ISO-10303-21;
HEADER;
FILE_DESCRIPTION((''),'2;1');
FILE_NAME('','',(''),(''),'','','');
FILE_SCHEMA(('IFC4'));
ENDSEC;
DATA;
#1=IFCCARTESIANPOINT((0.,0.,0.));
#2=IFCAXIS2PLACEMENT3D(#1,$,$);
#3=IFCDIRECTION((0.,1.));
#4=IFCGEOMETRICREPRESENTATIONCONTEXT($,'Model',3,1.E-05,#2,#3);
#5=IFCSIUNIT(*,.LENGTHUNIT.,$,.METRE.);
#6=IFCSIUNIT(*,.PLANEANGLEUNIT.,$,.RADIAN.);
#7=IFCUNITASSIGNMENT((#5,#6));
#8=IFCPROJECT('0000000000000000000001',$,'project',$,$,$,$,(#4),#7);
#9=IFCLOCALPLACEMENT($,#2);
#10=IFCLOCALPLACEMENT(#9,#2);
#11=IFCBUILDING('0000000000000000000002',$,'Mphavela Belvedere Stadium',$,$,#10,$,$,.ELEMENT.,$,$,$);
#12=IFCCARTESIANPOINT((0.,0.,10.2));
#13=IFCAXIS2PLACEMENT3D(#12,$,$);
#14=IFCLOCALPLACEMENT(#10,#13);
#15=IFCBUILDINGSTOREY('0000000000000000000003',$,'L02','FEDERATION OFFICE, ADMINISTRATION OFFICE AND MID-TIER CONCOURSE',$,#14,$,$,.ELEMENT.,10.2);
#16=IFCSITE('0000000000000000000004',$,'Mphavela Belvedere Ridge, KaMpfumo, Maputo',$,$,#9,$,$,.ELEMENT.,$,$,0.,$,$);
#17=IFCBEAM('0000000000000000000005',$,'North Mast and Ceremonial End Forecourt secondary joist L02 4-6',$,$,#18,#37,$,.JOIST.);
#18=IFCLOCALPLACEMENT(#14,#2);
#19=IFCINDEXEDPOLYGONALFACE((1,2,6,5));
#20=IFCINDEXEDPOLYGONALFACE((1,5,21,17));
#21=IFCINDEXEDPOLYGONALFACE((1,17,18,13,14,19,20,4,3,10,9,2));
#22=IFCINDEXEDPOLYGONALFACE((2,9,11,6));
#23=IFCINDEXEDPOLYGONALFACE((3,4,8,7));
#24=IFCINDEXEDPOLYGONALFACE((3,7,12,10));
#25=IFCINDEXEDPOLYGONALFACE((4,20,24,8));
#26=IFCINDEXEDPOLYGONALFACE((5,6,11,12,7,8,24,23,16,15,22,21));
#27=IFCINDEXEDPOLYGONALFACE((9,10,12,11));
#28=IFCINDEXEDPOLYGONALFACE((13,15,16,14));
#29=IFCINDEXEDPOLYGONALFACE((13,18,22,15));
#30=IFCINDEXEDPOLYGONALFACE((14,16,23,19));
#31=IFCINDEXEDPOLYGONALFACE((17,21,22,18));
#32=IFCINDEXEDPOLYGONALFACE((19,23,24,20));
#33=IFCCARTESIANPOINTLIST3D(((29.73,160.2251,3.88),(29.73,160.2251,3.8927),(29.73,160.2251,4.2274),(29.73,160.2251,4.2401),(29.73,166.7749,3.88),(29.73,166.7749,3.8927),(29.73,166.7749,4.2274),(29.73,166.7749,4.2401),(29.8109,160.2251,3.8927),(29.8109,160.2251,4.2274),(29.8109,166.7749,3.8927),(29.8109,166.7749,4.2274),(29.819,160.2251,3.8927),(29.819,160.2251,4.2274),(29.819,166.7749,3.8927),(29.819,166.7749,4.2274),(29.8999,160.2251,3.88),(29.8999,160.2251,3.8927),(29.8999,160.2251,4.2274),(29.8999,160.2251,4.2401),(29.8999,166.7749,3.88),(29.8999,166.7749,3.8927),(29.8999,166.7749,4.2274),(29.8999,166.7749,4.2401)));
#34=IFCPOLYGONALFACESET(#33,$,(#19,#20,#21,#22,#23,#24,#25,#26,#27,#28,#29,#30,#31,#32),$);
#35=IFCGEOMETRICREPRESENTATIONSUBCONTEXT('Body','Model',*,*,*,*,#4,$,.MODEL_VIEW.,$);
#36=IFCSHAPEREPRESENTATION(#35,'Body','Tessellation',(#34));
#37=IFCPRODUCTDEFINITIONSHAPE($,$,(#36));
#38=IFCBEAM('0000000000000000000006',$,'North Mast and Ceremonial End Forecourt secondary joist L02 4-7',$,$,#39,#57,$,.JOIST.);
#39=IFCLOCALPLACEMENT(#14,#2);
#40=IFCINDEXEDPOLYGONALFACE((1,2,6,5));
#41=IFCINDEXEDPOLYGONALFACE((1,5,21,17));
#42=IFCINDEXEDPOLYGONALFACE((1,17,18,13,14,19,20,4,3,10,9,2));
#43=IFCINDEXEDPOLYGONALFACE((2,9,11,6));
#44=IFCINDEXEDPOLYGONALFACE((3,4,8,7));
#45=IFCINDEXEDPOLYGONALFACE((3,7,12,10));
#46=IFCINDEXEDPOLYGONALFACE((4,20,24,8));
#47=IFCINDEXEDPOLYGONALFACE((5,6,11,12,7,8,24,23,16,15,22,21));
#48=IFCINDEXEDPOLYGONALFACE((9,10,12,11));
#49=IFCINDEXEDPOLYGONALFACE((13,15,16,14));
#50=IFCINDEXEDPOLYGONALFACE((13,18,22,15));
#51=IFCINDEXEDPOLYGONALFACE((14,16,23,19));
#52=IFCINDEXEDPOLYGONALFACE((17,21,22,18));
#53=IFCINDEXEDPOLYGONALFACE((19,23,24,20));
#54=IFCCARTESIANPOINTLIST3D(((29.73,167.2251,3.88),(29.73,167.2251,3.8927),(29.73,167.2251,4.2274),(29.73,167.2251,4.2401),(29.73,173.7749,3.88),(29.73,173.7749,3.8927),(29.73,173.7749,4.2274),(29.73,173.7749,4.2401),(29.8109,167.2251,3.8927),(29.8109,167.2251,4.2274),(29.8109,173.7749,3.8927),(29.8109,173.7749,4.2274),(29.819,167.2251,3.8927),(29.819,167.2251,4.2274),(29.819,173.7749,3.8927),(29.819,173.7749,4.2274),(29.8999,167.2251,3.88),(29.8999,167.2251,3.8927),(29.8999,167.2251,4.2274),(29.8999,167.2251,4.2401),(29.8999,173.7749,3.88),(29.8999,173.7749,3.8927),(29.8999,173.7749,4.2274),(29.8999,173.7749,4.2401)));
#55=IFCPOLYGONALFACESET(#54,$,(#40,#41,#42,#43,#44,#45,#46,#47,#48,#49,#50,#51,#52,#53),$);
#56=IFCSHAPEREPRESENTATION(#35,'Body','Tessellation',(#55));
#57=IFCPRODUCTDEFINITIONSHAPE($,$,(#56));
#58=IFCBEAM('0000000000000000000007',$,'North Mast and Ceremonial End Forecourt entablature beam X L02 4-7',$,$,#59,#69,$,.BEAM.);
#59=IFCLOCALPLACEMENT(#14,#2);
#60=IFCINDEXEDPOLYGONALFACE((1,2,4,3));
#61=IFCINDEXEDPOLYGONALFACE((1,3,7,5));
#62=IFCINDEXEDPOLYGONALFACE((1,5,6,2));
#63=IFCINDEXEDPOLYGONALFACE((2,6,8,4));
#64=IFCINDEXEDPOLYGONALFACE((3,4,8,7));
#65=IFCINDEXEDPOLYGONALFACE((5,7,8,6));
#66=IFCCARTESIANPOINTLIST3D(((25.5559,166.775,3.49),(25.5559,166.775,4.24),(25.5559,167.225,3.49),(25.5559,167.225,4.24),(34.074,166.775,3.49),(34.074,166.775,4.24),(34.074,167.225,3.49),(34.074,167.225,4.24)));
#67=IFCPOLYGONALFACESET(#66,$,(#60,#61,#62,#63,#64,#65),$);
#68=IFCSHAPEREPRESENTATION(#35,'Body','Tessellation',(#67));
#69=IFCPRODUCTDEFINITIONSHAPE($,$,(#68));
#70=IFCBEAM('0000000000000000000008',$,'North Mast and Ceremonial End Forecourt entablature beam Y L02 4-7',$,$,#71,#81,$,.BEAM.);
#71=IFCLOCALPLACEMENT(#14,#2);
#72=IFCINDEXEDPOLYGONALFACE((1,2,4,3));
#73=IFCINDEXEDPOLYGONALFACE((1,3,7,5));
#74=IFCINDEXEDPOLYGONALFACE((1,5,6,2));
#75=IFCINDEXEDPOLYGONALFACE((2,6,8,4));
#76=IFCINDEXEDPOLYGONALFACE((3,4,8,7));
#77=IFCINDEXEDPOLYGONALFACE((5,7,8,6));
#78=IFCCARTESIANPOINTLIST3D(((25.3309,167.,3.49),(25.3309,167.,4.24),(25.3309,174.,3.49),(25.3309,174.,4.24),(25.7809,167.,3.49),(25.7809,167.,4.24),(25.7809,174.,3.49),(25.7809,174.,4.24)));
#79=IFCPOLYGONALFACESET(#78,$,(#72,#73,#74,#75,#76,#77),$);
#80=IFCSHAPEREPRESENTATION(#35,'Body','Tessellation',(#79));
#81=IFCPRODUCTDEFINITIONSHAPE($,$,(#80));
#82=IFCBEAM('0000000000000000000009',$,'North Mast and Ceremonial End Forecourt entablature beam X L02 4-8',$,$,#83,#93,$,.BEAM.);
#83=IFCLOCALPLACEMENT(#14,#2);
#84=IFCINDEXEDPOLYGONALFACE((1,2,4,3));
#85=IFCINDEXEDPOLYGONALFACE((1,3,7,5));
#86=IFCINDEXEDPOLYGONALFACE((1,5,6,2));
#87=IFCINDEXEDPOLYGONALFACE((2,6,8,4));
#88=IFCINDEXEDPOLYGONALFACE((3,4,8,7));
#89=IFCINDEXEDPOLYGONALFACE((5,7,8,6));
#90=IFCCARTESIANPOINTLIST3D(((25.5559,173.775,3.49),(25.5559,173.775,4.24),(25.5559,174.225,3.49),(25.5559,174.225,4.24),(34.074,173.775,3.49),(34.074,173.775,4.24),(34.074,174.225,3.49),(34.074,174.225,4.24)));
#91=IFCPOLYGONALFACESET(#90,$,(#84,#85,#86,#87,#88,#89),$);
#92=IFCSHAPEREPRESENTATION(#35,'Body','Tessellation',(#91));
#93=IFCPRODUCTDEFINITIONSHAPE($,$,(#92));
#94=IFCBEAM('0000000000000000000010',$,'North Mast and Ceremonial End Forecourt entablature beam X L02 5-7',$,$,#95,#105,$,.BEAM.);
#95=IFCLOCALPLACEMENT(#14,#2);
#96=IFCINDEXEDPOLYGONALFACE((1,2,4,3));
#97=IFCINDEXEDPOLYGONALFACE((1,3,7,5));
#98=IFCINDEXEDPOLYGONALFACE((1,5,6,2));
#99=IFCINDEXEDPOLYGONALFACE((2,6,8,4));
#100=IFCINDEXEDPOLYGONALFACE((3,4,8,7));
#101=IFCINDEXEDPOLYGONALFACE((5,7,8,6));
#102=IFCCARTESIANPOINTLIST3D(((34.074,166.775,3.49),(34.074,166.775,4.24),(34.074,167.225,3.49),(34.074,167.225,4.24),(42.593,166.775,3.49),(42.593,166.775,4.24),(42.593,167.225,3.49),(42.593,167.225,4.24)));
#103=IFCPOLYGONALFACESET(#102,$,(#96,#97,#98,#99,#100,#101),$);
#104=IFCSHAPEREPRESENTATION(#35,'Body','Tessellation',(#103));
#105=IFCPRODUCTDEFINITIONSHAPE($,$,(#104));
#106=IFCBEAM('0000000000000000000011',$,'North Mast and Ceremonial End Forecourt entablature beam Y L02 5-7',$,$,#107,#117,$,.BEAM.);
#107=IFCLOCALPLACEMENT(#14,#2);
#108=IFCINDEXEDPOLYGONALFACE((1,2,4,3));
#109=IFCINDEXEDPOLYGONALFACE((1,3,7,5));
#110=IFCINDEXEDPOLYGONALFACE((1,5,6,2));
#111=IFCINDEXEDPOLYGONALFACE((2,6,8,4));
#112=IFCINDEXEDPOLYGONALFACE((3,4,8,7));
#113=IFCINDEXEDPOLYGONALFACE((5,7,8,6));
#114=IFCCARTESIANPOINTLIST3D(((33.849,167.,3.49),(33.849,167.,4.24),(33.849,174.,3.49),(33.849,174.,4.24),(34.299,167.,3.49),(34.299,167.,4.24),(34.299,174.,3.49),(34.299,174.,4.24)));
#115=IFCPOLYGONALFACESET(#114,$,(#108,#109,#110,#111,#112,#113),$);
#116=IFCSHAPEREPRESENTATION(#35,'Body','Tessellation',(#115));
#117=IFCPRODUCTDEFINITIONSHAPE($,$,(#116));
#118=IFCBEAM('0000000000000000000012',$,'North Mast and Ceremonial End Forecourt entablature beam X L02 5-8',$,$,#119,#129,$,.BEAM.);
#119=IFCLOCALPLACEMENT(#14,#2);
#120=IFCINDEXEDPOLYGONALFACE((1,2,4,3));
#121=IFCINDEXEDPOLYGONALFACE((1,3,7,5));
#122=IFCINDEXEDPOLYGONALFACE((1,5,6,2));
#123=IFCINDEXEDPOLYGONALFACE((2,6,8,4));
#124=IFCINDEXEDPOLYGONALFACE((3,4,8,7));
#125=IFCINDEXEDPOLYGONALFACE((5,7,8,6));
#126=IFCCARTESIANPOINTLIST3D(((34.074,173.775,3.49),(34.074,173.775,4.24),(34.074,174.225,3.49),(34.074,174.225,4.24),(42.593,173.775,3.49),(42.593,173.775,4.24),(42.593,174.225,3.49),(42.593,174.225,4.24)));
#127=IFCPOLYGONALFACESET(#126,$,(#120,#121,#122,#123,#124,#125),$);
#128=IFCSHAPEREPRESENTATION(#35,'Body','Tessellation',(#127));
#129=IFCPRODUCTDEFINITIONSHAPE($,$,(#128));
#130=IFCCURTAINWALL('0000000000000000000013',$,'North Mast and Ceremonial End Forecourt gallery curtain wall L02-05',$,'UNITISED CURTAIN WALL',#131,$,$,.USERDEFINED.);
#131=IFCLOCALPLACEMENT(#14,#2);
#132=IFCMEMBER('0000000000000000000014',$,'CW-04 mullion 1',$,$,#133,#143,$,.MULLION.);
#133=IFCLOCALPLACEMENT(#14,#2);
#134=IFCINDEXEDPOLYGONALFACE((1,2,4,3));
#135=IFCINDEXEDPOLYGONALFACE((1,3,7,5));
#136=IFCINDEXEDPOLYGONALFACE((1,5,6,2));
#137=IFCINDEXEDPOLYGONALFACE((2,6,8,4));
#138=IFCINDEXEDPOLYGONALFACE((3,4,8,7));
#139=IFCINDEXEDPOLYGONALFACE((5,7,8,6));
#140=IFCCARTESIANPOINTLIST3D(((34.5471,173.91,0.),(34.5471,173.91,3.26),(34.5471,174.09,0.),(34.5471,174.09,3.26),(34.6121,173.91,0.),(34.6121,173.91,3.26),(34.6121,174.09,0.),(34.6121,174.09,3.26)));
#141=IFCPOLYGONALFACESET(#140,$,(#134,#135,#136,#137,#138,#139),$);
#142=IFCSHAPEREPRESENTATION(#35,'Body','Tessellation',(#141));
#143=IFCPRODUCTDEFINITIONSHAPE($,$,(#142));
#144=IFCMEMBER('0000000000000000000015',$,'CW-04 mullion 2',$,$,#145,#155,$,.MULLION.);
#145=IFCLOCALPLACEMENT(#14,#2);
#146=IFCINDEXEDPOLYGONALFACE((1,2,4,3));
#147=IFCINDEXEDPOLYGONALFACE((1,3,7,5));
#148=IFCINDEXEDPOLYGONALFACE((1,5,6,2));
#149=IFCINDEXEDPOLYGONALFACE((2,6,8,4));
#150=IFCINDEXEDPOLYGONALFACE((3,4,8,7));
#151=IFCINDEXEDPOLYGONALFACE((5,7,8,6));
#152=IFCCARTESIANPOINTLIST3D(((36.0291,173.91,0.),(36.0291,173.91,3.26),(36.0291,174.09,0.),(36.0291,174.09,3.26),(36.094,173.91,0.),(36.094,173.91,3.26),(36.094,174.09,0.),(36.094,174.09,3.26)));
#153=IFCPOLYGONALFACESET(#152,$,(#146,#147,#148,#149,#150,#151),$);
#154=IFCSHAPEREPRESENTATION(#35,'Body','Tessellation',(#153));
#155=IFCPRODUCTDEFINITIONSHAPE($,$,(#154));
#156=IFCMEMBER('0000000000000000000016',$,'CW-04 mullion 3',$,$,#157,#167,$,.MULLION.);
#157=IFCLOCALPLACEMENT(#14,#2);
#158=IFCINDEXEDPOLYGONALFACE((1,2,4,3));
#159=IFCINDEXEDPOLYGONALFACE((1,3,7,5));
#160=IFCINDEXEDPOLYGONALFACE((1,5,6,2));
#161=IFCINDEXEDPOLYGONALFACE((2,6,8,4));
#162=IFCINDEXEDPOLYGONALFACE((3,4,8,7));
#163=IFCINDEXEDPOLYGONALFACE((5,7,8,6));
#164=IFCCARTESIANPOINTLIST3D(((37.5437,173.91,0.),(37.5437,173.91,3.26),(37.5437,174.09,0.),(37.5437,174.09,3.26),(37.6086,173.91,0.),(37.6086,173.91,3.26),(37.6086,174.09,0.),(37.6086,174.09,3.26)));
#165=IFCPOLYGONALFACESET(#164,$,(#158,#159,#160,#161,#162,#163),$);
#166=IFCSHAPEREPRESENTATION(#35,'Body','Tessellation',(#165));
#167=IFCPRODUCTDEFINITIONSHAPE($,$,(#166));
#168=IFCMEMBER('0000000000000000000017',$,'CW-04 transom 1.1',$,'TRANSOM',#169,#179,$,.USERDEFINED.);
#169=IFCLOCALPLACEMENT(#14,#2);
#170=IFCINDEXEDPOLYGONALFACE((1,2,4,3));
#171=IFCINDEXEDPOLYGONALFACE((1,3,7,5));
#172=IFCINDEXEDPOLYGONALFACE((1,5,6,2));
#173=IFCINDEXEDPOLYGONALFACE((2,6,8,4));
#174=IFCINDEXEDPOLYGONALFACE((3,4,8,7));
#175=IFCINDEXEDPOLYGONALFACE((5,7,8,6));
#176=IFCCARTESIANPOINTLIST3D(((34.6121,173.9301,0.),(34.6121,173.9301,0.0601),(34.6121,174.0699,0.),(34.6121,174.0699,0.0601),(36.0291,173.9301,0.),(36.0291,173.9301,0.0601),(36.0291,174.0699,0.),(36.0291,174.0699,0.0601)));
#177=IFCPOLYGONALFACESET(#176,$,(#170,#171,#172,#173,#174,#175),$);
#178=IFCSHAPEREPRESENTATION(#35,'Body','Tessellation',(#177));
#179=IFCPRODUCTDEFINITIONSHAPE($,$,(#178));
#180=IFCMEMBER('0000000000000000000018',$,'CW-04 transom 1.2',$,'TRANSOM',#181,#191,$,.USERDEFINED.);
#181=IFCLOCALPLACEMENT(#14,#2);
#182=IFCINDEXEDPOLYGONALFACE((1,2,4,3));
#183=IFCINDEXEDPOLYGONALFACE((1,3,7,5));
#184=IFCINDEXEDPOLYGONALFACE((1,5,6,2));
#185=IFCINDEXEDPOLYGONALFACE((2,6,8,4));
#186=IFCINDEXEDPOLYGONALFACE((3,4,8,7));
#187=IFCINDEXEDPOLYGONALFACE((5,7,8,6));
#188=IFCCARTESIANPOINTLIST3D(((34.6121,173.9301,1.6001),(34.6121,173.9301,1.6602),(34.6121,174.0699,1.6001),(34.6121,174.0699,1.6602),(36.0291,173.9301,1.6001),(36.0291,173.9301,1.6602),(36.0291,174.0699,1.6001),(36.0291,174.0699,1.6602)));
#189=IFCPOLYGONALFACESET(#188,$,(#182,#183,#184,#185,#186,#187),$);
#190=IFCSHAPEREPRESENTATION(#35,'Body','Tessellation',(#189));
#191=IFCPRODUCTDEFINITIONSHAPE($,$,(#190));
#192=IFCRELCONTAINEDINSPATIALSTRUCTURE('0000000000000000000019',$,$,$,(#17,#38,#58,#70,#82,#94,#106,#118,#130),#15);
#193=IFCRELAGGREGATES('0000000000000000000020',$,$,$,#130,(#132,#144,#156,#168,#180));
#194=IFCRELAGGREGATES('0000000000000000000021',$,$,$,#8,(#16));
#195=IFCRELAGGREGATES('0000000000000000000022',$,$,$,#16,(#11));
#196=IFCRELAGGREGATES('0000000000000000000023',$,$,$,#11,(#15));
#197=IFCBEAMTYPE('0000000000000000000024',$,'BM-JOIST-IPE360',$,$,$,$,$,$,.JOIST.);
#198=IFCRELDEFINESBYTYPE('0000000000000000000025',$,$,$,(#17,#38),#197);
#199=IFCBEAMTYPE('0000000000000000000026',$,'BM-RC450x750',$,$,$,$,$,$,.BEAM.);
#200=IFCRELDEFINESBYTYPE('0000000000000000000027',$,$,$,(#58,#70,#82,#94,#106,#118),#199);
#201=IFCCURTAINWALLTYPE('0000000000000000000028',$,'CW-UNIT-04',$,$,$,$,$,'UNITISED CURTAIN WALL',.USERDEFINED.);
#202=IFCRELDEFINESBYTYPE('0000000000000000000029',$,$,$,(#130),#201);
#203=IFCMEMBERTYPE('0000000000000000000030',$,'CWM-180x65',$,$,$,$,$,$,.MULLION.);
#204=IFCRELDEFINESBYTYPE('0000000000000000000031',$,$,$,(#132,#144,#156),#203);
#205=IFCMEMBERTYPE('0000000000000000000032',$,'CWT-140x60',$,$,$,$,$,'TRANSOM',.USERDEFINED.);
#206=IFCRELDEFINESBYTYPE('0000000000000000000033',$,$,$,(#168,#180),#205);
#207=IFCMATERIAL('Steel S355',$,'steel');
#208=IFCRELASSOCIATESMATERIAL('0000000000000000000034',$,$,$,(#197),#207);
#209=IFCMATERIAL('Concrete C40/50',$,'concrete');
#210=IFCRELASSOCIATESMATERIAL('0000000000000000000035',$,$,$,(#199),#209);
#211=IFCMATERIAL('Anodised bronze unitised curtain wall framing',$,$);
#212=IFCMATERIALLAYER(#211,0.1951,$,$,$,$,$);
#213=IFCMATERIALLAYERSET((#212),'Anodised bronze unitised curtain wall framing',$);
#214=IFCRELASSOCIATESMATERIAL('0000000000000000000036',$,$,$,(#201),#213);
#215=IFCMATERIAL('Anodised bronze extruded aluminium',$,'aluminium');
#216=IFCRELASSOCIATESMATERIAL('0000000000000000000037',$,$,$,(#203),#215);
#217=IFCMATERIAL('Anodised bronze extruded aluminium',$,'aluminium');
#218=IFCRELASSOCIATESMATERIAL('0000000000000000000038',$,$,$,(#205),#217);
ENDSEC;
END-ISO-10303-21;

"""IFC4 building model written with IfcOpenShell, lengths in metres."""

from ifc_helpers import new_model, si_unit, direction, frame, origin, origin_2d, place, context, subcontext, project, spatial, rectangle, i_section, extrude, material, layer, layer_set, material_profile, profile_set, type_object, element, aggregate, save


model = new_model("IFC4")

# Units and contexts
model_context = context("Model", 3, precision=1e-05, world=origin(), true_north=direction((0.0, 1.0)))
body_context = subcontext(model_context, "Body", "Model", "MODEL_VIEW")
ifc_project = project(units=[si_unit("LENGTHUNIT", "METRE"), si_unit("PLANEANGLEUNIT", "RADIAN")], contexts=[model_context])

# Site, building, storey
site_placement = place(None, origin())
site = spatial("IfcSite", under=ifc_project, at=site_placement, Name="Mphavela Belvedere Ridge, KaMpfumo, Maputo", CompositionType="ELEMENT", RefElevation=0.0)
building_placement = place(site_placement, origin())
building = spatial("IfcBuilding", under=site, at=building_placement, Name="Mphavela Belvedere Stadium", CompositionType="ELEMENT")
storey_placement = place(building_placement, frame((0.0, 0.0, 10.2)))
storey = spatial("IfcBuildingStorey", under=building, at=storey_placement, Name="L02", Description="FEDERATION OFFICE, ADMINISTRATION OFFICE AND MID-TIER CONCOURSE", CompositionType="ELEMENT", Elevation=10.2)

# Beams
ifc_material_1 = material(Name="Steel S355", Category="steel")
ifc_material_profile_1 = material_profile(ifc_material_1, i_section(OverallWidth=0.1699, OverallDepth=0.3601, WebThickness=0.0081, FlangeThickness=0.0127, at=origin_2d()), Name="IPE 360")
ifc_profile_set_1 = profile_set([ifc_material_profile_1], Name="Steel S355")
beam_type_1 = type_object("IfcBeamType", Name="BM-JOIST-IPE360", PredefinedType="JOIST", material=ifc_profile_set_1)
for number, where, z_axis, x_axis, name in (
    (1, (29.8149, 160.2251, 4.0601), (0.0, 1.0, 0.0), (-1.0, 0.0, 0.0), "North Mast and Ceremonial End Forecourt secondary joist L02 4-6"),
    (2, (29.8149, 167.2251, 4.0601), (0.0, 1.0, 0.0), (-1.0, 0.0, 0.0), "North Mast and Ceremonial End Forecourt secondary joist L02 4-7"),
):
    element("IfcBeam", number, at=place(storey_placement, frame(where, z_axis=z_axis, x_axis=x_axis)), inside=storey, type_object=beam_type_1, Name=name, PredefinedType="JOIST", context=body_context, shape_type="SweptSolid", body=[
        extrude(i_section(OverallWidth=0.1699, OverallDepth=0.3601, WebThickness=0.0081, FlangeThickness=0.0127, at=origin_2d()), origin(), (0.0, 0.0, 1.0), 6.5498),
    ])
ifc_material_2 = material(Name="Concrete C40/50", Category="concrete")
ifc_material_profile_2 = material_profile(ifc_material_2, rectangle(XDim=0.45, YDim=0.75, at=origin_2d()), Name="RC 450x750")
ifc_profile_set_2 = profile_set([ifc_material_profile_2], Name="Concrete C40/50")
beam_type_2 = type_object("IfcBeamType", Name="BM-RC450x750", PredefinedType="BEAM", material=ifc_profile_set_2)
beam_1_placement = place(storey_placement, frame((25.5559, 167.0, 3.865), z_axis=(1.0, 0.0, 0.0), x_axis=(0.0, 1.0, 0.0)))
element("IfcBeam", 3, at=beam_1_placement, inside=storey, type_object=beam_type_2, Name="North Mast and Ceremonial End Forecourt entablature beam X L02 4-7", PredefinedType="BEAM", context=body_context, shape_type="SweptSolid", body=[
    extrude(rectangle(XDim=0.45, YDim=0.75, at=origin_2d()), origin(), (0.0, 0.0, 1.0), 8.5181),
])
beam_2_placement = place(storey_placement, frame((25.5559, 167.0, 3.865), z_axis=(0.0, 1.0, 0.0), x_axis=(-1.0, 0.0, 0.0)))
element("IfcBeam", 4, at=beam_2_placement, inside=storey, type_object=beam_type_2, Name="North Mast and Ceremonial End Forecourt entablature beam Y L02 4-7", PredefinedType="BEAM", context=body_context, shape_type="SweptSolid", body=[
    extrude(rectangle(XDim=0.45, YDim=0.75, at=origin_2d()), origin(), (0.0, 0.0, 1.0), 7.0),
])
beam_3_placement = place(storey_placement, frame((25.5559, 174.0, 3.865), z_axis=(1.0, 0.0, 0.0), x_axis=(0.0, 1.0, 0.0)))
element("IfcBeam", 5, at=beam_3_placement, inside=storey, type_object=beam_type_2, Name="North Mast and Ceremonial End Forecourt entablature beam X L02 4-8", PredefinedType="BEAM", context=body_context, shape_type="SweptSolid", body=[
    extrude(rectangle(XDim=0.45, YDim=0.75, at=origin_2d()), origin(), (0.0, 0.0, 1.0), 8.5181),
])
beam_4_placement = place(storey_placement, frame((34.074, 167.0, 3.865), z_axis=(1.0, 0.0, 0.0), x_axis=(0.0, 1.0, 0.0)))
element("IfcBeam", 6, at=beam_4_placement, inside=storey, type_object=beam_type_2, Name="North Mast and Ceremonial End Forecourt entablature beam X L02 5-7", PredefinedType="BEAM", context=body_context, shape_type="SweptSolid", body=[
    extrude(rectangle(XDim=0.45, YDim=0.75, at=origin_2d()), origin(), (0.0, 0.0, 1.0), 8.519),
])
beam_5_placement = place(storey_placement, frame((34.074, 167.0, 3.865), z_axis=(0.0, 1.0, 0.0), x_axis=(-1.0, 0.0, 0.0)))
element("IfcBeam", 7, at=beam_5_placement, inside=storey, type_object=beam_type_2, Name="North Mast and Ceremonial End Forecourt entablature beam Y L02 5-7", PredefinedType="BEAM", context=body_context, shape_type="SweptSolid", body=[
    extrude(rectangle(XDim=0.45, YDim=0.75, at=origin_2d()), origin(), (0.0, 0.0, 1.0), 7.0),
])
beam_6_placement = place(storey_placement, frame((34.074, 174.0, 3.865), z_axis=(1.0, 0.0, 0.0), x_axis=(0.0, 1.0, 0.0)))
element("IfcBeam", 8, at=beam_6_placement, inside=storey, type_object=beam_type_2, Name="North Mast and Ceremonial End Forecourt entablature beam X L02 5-8", PredefinedType="BEAM", context=body_context, shape_type="SweptSolid", body=[
    extrude(rectangle(XDim=0.45, YDim=0.75, at=origin_2d()), origin(), (0.0, 0.0, 1.0), 8.519),
])

# Curtain wall, members
ifc_material_3 = material(Name="Anodised bronze unitised curtain wall framing")
ifc_layer_1 = layer(ifc_material_3, 0.1951)
ifc_layer_set_1 = layer_set([ifc_layer_1], Name="Anodised bronze unitised curtain wall framing")
curtain_wall_type = type_object("IfcCurtainWallType", Name="CW-UNIT-04", ElementType="UNITISED CURTAIN WALL", PredefinedType="USERDEFINED", material=ifc_layer_set_1)
curtain_wall_placement = place(storey_placement, origin())
curtain_wall = element("IfcCurtainWall", 9, at=curtain_wall_placement, inside=storey, type_object=curtain_wall_type, Name="North Mast and Ceremonial End Forecourt gallery curtain wall L02-05", ObjectType="UNITISED CURTAIN WALL", PredefinedType="USERDEFINED")
ifc_material_4 = material(Name="Anodised bronze extruded aluminium", Category="aluminium")
ifc_material_profile_3 = material_profile(ifc_material_4, rectangle(XDim=0.1799, YDim=0.0649, at=origin_2d()), Name="CW-MUL 180x65")
ifc_profile_set_3 = profile_set([ifc_material_profile_3], Name="Anodised bronze extruded aluminium")
member_type_1 = type_object("IfcMemberType", Name="CWM-180x65", PredefinedType="MULLION", material=ifc_profile_set_3)
member_1_placement = place(storey_placement, frame((34.5796, 174.0, 0.0), z_axis=(0.0, 0.0, 1.0), x_axis=(0.0, 1.0, 0.0)))
member_1 = element("IfcMember", 10, at=member_1_placement, type_object=member_type_1, Name="CW-04 mullion 1", PredefinedType="MULLION", context=body_context, shape_type="SweptSolid", body=[
    extrude(rectangle(XDim=0.1799, YDim=0.0649, at=origin_2d()), origin(), (0.0, 0.0, 1.0), 3.26),
])
member_2_placement = place(storey_placement, frame((36.0615, 174.0, 0.0), z_axis=(0.0, 0.0, 1.0), x_axis=(0.0, 1.0, 0.0)))
member_2 = element("IfcMember", 11, at=member_2_placement, type_object=member_type_1, Name="CW-04 mullion 2", PredefinedType="MULLION", context=body_context, shape_type="SweptSolid", body=[
    extrude(rectangle(XDim=0.1799, YDim=0.0649, at=origin_2d()), origin(), (0.0, 0.0, 1.0), 3.26),
])
member_3_placement = place(storey_placement, frame((37.5762, 174.0, 0.0), z_axis=(0.0, 0.0, 1.0), x_axis=(0.0, 1.0, 0.0)))
member_3 = element("IfcMember", 12, at=member_3_placement, type_object=member_type_1, Name="CW-04 mullion 3", PredefinedType="MULLION", context=body_context, shape_type="SweptSolid", body=[
    extrude(rectangle(XDim=0.1799, YDim=0.0649, at=origin_2d()), origin(), (0.0, 0.0, 1.0), 3.26),
])
ifc_material_5 = material(Name="Anodised bronze extruded aluminium", Category="aluminium")
ifc_material_profile_4 = material_profile(ifc_material_5, rectangle(XDim=0.1399, YDim=0.0601, at=origin_2d()), Name="CW-TRN 140x60")
ifc_profile_set_4 = profile_set([ifc_material_profile_4], Name="Anodised bronze extruded aluminium")
member_type_2 = type_object("IfcMemberType", Name="CWT-140x60", ElementType="TRANSOM", PredefinedType="USERDEFINED", material=ifc_profile_set_4)
member_4_placement = place(storey_placement, frame((34.6121, 174.0, 0.03), z_axis=(1.0, 0.0, 0.0), x_axis=(0.0, 1.0, 0.0)))
member_4 = element("IfcMember", 13, at=member_4_placement, type_object=member_type_2, Name="CW-04 transom 1.1", ObjectType="TRANSOM", PredefinedType="USERDEFINED", context=body_context, shape_type="SweptSolid", body=[
    extrude(rectangle(XDim=0.1399, YDim=0.0601, at=origin_2d()), origin(), (0.0, 0.0, 1.0), 1.417),
])
member_5_placement = place(storey_placement, frame((34.6121, 174.0, 1.6301), z_axis=(1.0, 0.0, 0.0), x_axis=(0.0, 1.0, 0.0)))
member_5 = element("IfcMember", 14, at=member_5_placement, type_object=member_type_2, Name="CW-04 transom 1.2", ObjectType="TRANSOM", PredefinedType="USERDEFINED", context=body_context, shape_type="SweptSolid", body=[
    extrude(rectangle(XDim=0.1399, YDim=0.0601, at=origin_2d()), origin(), (0.0, 0.0, 1.0), 1.417),
])
aggregate(curtain_wall, [member_1, member_2, member_3, member_4, member_5])

save(model, "model.ifc")
